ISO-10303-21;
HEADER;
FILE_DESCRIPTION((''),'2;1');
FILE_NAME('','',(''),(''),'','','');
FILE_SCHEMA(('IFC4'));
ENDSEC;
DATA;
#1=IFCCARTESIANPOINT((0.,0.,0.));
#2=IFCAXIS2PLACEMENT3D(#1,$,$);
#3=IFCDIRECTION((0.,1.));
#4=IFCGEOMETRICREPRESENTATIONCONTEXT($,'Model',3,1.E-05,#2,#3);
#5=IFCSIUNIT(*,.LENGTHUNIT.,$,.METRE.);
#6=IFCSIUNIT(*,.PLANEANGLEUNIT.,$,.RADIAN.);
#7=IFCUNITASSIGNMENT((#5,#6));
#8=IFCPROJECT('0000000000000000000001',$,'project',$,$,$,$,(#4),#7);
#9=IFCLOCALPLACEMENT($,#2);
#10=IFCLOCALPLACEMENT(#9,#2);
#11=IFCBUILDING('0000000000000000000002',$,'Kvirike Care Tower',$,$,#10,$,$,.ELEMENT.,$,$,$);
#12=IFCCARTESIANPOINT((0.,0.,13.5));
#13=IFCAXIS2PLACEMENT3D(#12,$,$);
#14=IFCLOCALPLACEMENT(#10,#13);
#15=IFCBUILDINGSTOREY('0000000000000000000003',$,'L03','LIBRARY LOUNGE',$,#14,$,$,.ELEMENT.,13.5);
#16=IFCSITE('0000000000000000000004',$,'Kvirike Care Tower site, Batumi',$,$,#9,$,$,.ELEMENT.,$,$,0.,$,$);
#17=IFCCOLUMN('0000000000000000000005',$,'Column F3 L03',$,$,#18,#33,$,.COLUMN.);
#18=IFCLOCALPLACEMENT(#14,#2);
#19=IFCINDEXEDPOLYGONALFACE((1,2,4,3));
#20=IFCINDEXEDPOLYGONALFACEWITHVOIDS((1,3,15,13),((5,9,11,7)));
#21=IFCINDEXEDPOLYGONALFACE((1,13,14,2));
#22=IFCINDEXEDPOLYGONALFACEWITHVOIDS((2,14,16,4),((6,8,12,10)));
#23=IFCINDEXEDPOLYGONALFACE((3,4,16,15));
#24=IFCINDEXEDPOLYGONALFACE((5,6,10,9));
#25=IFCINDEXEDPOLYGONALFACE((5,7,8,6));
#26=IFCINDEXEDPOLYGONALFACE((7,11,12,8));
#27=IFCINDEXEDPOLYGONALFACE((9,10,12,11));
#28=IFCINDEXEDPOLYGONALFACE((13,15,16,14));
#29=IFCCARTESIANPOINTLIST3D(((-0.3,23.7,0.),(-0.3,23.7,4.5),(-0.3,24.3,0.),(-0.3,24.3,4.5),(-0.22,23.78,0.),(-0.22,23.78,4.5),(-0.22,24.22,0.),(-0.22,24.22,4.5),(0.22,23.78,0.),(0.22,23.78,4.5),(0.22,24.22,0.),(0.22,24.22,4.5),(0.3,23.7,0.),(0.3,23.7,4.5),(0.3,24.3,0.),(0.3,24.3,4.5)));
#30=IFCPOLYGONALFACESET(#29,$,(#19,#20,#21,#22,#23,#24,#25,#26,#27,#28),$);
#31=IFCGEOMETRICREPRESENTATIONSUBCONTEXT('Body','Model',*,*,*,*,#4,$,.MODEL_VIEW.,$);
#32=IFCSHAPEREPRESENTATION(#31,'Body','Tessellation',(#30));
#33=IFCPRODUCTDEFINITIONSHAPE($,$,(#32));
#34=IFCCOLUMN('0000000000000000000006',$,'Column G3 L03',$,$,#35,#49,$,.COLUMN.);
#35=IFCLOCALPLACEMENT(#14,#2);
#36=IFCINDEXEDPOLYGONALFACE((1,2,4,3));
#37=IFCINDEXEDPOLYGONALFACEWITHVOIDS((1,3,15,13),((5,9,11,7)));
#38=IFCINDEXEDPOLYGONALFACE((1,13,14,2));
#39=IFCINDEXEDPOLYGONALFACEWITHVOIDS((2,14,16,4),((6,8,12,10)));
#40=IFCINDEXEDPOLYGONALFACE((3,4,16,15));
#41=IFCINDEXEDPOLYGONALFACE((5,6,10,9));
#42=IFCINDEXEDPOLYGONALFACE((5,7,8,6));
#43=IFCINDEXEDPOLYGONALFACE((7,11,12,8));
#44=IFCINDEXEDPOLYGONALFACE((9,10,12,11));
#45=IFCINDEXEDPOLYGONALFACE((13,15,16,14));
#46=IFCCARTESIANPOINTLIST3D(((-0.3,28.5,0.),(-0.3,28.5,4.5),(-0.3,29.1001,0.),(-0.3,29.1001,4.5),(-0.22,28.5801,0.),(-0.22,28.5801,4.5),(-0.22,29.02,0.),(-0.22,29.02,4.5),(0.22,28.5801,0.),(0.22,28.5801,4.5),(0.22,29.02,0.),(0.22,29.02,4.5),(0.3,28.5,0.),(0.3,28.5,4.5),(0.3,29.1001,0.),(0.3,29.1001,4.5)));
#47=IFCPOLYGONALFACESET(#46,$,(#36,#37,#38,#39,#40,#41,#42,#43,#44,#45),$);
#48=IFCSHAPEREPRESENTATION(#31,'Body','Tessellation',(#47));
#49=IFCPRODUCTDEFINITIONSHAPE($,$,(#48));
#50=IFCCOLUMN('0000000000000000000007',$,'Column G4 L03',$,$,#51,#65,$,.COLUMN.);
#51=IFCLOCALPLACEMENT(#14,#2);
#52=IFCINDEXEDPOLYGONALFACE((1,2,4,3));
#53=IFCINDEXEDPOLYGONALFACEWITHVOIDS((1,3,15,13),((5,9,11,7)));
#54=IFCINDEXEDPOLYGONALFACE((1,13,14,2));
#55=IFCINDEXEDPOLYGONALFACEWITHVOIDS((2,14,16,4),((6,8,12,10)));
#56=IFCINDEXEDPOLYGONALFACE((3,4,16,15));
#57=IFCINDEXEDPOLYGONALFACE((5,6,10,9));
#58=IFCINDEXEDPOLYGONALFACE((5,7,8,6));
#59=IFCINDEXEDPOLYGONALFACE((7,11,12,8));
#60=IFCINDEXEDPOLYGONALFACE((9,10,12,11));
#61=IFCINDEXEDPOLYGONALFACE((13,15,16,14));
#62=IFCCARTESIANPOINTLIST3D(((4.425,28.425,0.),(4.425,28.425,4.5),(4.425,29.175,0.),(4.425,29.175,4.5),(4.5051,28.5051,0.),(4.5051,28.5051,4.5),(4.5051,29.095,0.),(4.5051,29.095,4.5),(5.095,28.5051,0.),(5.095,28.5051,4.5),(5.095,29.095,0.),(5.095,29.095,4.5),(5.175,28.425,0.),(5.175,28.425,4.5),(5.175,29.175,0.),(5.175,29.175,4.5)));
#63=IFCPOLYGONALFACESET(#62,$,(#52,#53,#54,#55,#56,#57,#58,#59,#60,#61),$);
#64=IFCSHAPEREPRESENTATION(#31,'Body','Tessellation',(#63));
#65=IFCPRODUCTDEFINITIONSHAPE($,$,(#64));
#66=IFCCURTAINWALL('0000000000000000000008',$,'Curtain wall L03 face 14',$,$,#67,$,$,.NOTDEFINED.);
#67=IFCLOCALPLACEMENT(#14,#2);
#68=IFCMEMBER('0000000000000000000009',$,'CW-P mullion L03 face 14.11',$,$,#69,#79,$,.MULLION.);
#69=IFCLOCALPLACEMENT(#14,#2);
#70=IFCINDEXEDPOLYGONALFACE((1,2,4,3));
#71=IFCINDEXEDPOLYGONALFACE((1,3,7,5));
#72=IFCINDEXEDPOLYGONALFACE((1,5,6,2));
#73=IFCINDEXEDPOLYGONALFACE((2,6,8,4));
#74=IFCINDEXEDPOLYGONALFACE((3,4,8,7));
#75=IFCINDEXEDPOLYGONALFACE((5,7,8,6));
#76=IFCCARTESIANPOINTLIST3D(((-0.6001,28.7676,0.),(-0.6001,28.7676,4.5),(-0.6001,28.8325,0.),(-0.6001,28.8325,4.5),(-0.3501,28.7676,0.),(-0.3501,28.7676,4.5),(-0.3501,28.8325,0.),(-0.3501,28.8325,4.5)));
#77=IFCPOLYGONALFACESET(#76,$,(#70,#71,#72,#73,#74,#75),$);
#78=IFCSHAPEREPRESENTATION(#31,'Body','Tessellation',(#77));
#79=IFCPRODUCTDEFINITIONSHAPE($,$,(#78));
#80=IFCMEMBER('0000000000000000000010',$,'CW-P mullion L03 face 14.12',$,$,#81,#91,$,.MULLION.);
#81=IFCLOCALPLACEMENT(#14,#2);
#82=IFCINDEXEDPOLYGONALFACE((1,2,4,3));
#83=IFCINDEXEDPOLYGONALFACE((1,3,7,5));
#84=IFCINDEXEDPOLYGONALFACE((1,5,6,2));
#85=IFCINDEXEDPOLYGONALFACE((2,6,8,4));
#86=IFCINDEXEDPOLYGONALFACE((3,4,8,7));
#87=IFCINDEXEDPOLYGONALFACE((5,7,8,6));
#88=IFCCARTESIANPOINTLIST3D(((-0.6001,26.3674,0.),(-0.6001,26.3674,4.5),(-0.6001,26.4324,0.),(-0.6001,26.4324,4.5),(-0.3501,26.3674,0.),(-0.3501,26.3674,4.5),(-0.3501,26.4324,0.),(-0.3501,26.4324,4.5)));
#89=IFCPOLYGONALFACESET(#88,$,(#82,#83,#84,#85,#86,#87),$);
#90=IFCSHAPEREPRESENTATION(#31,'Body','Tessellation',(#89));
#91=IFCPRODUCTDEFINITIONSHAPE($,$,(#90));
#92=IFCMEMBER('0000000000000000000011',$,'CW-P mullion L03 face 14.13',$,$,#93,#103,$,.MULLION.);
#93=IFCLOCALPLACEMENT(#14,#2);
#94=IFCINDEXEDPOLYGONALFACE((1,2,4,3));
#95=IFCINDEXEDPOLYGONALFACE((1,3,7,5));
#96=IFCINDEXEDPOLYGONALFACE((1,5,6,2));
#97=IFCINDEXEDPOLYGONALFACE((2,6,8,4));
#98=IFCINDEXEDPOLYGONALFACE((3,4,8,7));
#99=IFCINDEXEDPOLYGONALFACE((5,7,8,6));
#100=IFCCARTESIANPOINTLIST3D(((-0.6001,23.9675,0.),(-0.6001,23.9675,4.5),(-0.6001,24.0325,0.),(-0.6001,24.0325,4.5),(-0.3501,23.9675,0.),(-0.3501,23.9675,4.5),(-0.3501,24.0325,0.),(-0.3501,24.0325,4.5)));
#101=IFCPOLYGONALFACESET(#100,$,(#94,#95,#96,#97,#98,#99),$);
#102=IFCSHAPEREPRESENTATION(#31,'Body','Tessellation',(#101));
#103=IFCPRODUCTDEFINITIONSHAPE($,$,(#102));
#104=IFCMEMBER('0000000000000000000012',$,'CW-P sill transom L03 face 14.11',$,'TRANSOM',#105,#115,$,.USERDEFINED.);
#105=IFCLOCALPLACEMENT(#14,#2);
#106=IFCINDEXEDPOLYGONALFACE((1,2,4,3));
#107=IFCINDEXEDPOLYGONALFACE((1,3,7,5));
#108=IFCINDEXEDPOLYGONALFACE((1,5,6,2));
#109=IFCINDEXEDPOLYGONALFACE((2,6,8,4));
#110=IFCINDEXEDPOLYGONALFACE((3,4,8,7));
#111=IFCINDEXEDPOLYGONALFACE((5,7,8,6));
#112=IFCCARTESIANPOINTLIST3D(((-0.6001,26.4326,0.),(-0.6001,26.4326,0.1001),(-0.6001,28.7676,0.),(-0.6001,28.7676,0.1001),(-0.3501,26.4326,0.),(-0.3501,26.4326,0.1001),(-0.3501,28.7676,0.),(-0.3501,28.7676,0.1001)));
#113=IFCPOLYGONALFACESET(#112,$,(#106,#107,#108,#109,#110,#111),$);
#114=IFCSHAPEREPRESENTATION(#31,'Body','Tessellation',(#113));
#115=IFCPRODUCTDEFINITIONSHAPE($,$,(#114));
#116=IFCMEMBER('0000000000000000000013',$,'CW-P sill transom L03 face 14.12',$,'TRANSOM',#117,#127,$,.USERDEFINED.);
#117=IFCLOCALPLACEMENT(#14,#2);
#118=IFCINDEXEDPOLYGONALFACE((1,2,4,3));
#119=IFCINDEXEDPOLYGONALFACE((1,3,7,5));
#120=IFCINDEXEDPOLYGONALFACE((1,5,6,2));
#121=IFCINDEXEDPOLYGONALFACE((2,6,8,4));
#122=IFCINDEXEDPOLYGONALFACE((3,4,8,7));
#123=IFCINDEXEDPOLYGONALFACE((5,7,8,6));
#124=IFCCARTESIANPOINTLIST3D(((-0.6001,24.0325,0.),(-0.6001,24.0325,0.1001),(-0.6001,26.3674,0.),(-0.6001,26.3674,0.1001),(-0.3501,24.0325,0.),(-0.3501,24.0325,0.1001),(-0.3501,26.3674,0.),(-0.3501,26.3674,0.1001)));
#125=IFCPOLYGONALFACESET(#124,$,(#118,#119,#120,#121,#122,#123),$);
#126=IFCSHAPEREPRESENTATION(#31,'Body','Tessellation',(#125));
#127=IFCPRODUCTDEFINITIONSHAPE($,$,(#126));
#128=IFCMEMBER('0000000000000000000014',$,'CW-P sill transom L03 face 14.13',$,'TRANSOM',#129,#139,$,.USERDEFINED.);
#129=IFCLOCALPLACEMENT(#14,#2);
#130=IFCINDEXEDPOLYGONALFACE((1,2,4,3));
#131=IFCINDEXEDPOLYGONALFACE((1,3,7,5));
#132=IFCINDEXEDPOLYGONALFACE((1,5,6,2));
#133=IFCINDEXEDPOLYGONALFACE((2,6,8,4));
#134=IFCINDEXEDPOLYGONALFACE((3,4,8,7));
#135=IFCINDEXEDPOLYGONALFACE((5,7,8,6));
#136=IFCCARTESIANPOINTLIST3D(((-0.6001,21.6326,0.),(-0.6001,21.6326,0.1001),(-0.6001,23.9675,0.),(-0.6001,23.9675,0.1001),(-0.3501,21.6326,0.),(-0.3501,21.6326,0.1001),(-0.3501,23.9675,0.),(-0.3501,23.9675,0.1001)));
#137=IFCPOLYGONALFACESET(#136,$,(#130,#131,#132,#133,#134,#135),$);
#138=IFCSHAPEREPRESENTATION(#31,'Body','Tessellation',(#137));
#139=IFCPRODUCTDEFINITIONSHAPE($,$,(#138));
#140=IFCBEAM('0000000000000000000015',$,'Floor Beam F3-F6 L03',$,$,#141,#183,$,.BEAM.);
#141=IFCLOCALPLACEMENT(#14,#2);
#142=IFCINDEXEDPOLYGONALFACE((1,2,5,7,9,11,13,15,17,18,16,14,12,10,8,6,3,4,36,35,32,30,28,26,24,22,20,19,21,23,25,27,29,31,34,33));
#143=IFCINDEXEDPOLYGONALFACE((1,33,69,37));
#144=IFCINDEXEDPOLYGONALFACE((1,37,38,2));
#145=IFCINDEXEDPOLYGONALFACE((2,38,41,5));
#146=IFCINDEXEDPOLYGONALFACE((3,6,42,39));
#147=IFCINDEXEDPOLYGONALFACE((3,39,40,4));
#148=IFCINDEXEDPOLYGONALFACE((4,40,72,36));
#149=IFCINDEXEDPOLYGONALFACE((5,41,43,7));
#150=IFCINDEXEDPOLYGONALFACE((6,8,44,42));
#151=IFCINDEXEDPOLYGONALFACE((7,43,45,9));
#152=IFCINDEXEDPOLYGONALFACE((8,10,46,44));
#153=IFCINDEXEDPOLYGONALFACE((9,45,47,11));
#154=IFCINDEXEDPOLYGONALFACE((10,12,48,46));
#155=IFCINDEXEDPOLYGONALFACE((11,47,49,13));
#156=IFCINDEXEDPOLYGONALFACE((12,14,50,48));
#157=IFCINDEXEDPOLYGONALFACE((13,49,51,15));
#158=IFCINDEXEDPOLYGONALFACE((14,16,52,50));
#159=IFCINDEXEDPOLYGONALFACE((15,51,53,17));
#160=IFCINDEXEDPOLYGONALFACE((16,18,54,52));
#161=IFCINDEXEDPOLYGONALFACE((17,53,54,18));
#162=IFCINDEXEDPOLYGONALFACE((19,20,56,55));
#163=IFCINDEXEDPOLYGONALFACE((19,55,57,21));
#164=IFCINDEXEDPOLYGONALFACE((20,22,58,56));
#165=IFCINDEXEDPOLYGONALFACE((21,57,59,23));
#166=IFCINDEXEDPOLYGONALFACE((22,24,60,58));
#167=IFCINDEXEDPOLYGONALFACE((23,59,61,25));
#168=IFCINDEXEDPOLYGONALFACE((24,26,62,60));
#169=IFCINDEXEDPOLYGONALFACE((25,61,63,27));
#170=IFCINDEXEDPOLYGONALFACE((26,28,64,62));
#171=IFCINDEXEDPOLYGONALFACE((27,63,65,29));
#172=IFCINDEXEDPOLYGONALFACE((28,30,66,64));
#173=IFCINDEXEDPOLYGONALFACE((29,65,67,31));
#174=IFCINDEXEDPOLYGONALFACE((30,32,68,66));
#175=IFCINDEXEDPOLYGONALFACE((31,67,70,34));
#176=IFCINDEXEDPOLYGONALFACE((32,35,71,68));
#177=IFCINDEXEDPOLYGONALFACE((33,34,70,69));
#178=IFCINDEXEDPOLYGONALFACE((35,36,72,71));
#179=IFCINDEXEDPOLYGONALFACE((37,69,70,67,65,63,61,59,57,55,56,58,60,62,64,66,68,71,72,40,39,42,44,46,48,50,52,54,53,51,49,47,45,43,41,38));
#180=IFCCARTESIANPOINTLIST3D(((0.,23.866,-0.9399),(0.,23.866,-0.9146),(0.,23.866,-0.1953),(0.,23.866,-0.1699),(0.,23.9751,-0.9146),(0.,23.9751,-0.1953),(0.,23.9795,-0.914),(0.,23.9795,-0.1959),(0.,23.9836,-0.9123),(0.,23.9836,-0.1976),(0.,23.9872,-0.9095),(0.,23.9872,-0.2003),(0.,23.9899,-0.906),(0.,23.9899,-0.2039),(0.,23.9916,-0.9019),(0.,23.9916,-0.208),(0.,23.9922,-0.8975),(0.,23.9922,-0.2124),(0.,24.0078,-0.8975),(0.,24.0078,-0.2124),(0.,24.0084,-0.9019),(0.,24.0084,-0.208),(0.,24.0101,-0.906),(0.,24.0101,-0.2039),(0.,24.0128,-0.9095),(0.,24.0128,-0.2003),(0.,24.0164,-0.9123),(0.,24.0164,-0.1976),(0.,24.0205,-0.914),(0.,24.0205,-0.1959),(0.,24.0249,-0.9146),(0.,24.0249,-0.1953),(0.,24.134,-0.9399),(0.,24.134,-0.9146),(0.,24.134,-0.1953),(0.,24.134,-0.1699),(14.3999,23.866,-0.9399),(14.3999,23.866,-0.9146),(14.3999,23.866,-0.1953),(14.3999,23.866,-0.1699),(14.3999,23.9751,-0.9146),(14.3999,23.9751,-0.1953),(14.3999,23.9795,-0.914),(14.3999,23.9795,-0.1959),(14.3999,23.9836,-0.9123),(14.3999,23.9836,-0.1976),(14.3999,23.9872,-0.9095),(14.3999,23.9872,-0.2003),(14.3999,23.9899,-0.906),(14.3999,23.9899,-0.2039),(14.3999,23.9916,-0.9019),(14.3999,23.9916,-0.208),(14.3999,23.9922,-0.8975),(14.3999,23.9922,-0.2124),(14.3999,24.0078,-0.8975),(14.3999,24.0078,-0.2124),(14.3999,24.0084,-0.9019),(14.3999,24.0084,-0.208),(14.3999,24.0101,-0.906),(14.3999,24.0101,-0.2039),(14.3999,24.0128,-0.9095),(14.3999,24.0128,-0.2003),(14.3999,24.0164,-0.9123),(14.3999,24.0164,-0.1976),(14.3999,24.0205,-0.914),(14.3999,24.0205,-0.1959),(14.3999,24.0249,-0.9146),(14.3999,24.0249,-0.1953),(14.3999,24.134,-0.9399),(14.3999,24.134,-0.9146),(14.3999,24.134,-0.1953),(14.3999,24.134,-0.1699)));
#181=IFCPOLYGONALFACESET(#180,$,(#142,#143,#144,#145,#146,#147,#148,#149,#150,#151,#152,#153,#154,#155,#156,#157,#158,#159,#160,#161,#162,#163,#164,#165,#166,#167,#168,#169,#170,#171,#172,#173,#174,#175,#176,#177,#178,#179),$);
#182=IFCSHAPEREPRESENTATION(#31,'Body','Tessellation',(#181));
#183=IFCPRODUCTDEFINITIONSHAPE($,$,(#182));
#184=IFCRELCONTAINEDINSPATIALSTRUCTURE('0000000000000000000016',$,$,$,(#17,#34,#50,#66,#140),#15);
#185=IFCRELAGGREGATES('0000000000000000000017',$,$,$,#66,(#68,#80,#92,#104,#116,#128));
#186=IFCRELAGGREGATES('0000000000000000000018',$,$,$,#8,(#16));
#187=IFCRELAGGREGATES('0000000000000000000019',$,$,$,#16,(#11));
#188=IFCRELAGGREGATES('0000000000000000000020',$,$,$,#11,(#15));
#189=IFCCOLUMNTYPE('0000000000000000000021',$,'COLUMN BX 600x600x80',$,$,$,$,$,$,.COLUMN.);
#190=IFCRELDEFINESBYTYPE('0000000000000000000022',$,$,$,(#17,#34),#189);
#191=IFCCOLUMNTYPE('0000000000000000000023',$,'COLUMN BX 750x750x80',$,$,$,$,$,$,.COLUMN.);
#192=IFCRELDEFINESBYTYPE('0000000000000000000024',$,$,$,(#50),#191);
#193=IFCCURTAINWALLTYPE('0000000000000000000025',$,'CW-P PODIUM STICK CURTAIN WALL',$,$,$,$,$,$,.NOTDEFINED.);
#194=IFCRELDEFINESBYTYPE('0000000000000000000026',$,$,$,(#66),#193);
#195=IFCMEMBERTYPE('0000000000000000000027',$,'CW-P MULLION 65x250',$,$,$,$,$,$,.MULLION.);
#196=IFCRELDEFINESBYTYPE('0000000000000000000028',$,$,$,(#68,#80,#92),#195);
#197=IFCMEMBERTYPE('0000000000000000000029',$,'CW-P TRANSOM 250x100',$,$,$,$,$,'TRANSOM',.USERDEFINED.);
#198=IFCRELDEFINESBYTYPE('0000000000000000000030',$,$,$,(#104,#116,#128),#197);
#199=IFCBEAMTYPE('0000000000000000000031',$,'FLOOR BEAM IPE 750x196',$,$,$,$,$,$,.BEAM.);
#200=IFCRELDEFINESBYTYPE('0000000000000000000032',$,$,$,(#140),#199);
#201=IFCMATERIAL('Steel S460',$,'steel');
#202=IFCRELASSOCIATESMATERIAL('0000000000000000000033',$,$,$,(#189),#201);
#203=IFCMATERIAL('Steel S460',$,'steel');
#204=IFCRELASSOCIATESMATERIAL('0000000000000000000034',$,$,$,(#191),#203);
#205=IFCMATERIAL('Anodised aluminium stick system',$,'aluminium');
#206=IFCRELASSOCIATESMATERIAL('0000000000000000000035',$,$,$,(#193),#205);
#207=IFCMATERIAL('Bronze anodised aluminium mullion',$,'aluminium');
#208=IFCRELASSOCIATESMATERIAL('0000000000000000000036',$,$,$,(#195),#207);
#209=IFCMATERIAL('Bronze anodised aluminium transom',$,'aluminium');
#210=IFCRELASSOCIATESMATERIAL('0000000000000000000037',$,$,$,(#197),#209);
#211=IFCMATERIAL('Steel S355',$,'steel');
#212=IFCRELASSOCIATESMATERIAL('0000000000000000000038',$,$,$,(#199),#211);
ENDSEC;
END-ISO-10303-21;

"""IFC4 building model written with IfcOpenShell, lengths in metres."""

from ifc_helpers import new_model, si_unit, direction, frame, origin, origin_2d, place, context, subcontext, project, spatial, rectangle, hollow_rectangle, i_section, extrude, material, material_profile, profile_set, type_object, element, aggregate, save


model = new_model("IFC4")

# Units and contexts
model_context = context("Model", 3, precision=1e-05, world=origin(), true_north=direction((0.0, 1.0)))
body_context = subcontext(model_context, "Body", "Model", "MODEL_VIEW")
ifc_project = project(units=[si_unit("LENGTHUNIT", "METRE"), si_unit("PLANEANGLEUNIT", "RADIAN")], contexts=[model_context])

# Site, building, storey
site_placement = place(None, origin())
site = spatial("IfcSite", under=ifc_project, at=site_placement, Name="Kvirike Care Tower site, Batumi", CompositionType="ELEMENT", RefElevation=0.0)
building_placement = place(site_placement, origin())
building = spatial("IfcBuilding", under=site, at=building_placement, Name="Kvirike Care Tower", CompositionType="ELEMENT")
storey_placement = place(building_placement, frame((0.0, 0.0, 13.5)))
storey = spatial("IfcBuildingStorey", under=building, at=storey_placement, Name="L03", Description="LIBRARY LOUNGE", CompositionType="ELEMENT", Elevation=13.5)

# Columns
ifc_material_1 = material(Name="Steel S460", Category="steel")
ifc_material_profile_1 = material_profile(ifc_material_1, hollow_rectangle(XDim=0.6001, YDim=0.6001, WallThickness=0.0801, at=origin_2d()), Name="BX 600x600x80")
ifc_profile_set_1 = profile_set([ifc_material_profile_1], Name="Steel S460")
column_type_1 = type_object("IfcColumnType", Name="COLUMN BX 600x600x80", PredefinedType="COLUMN", material=ifc_profile_set_1)
for number, where, z_axis, x_axis, name in (
    (1, (0.0, 24.0, 0.0), (0.0, 0.0, 1.0), (1.0, 0.0, 0.0), "Column F3 L03"),
    (2, (0.0, 28.8, 0.0), (0.0, 0.0, 1.0), (0.0, 1.0, 0.0), "Column G3 L03"),
):
    element("IfcColumn", number, at=place(storey_placement, frame(where, z_axis=z_axis, x_axis=x_axis)), inside=storey, type_object=column_type_1, Name=name, PredefinedType="COLUMN", context=body_context, shape_type="SweptSolid", body=[
        extrude(hollow_rectangle(XDim=0.6001, YDim=0.6001, WallThickness=0.0801, at=origin_2d()), origin(), (0.0, 0.0, 1.0), 4.5),
    ])
ifc_material_2 = material(Name="Steel S460", Category="steel")
ifc_material_profile_2 = material_profile(ifc_material_2, hollow_rectangle(XDim=0.75, YDim=0.75, WallThickness=0.0801, at=origin_2d()), Name="BX 750x750x80")
ifc_profile_set_2 = profile_set([ifc_material_profile_2], Name="Steel S460")
column_type_2 = type_object("IfcColumnType", Name="COLUMN BX 750x750x80", PredefinedType="COLUMN", material=ifc_profile_set_2)
column_placement = place(storey_placement, frame((4.8, 28.8, 0.0), z_axis=(0.0, 0.0, 1.0), x_axis=(0.0, 1.0, 0.0)))
element("IfcColumn", 3, at=column_placement, inside=storey, type_object=column_type_2, Name="Column G4 L03", PredefinedType="COLUMN", context=body_context, shape_type="SweptSolid", body=[
    extrude(hollow_rectangle(XDim=0.75, YDim=0.75, WallThickness=0.0801, at=origin_2d()), origin(), (0.0, 0.0, 1.0), 4.5),
])

# Curtain wall, members
ifc_material_3 = material(Name="Anodised aluminium stick system", Category="aluminium")
curtain_wall_type = type_object("IfcCurtainWallType", Name="CW-P PODIUM STICK CURTAIN WALL", PredefinedType="NOTDEFINED", material=ifc_material_3)
curtain_wall_placement = place(storey_placement, origin())
curtain_wall = element("IfcCurtainWall", 4, at=curtain_wall_placement, inside=storey, type_object=curtain_wall_type, Name="Curtain wall L03 face 14", PredefinedType="NOTDEFINED")
ifc_material_4 = material(Name="Bronze anodised aluminium mullion", Category="aluminium")
ifc_material_profile_3 = material_profile(ifc_material_4, rectangle(XDim=0.0649, YDim=0.25, at=origin_2d()), Name="CW-P MULLION 65x250")
ifc_profile_set_3 = profile_set([ifc_material_profile_3], Name="Bronze anodised aluminium mullion")
member_type_1 = type_object("IfcMemberType", Name="CW-P MULLION 65x250", PredefinedType="MULLION", material=ifc_profile_set_3)
member_1_placement = place(storey_placement, frame((-0.4751, 28.8, 0.0), z_axis=(0.0, 0.0, 1.0), x_axis=(0.0, -1.0, 0.0)))
member_1 = element("IfcMember", 5, at=member_1_placement, type_object=member_type_1, Name="CW-P mullion L03 face 14.11", PredefinedType="MULLION", context=body_context, shape_type="SweptSolid", body=[
    extrude(rectangle(XDim=0.0649, YDim=0.25, at=origin_2d()), origin(), (0.0, 0.0, 1.0), 4.5),
])
member_2_placement = place(storey_placement, frame((-0.4751, 26.3999, 0.0), z_axis=(0.0, 0.0, 1.0), x_axis=(0.0, -1.0, 0.0)))
member_2 = element("IfcMember", 6, at=member_2_placement, type_object=member_type_1, Name="CW-P mullion L03 face 14.12", PredefinedType="MULLION", context=body_context, shape_type="SweptSolid", body=[
    extrude(rectangle(XDim=0.0649, YDim=0.25, at=origin_2d()), origin(), (0.0, 0.0, 1.0), 4.5),
])
member_3_placement = place(storey_placement, frame((-0.4751, 24.0, 0.0), z_axis=(0.0, 0.0, 1.0), x_axis=(0.0, -1.0, 0.0)))
member_3 = element("IfcMember", 7, at=member_3_placement, type_object=member_type_1, Name="CW-P mullion L03 face 14.13", PredefinedType="MULLION", context=body_context, shape_type="SweptSolid", body=[
    extrude(rectangle(XDim=0.0649, YDim=0.25, at=origin_2d()), origin(), (0.0, 0.0, 1.0), 4.5),
])
ifc_material_5 = material(Name="Bronze anodised aluminium transom", Category="aluminium")
ifc_material_profile_4 = material_profile(ifc_material_5, rectangle(XDim=0.25, YDim=0.1001, at=origin_2d()), Name="CW-P TRANSOM 250x100")
ifc_profile_set_4 = profile_set([ifc_material_profile_4], Name="Bronze anodised aluminium transom")
member_type_2 = type_object("IfcMemberType", Name="CW-P TRANSOM 250x100", ElementType="TRANSOM", PredefinedType="USERDEFINED", material=ifc_profile_set_4)
member_4_placement = place(storey_placement, frame((-0.4751, 28.7676, 0.05), z_axis=(0.0, -1.0, 0.0), x_axis=(1.0, 0.0, 0.0)))
member_4 = element("IfcMember", 8, at=member_4_placement, type_object=member_type_2, Name="CW-P sill transom L03 face 14.11", ObjectType="TRANSOM", PredefinedType="USERDEFINED", context=body_context, shape_type="SweptSolid", body=[
    extrude(rectangle(XDim=0.25, YDim=0.1001, at=origin_2d()), origin(), (0.0, 0.0, 1.0), 2.335),
])
member_5_placement = place(storey_placement, frame((-0.4751, 26.3674, 0.05), z_axis=(0.0, -1.0, 0.0), x_axis=(1.0, 0.0, 0.0)))
member_5 = element("IfcMember", 9, at=member_5_placement, type_object=member_type_2, Name="CW-P sill transom L03 face 14.12", ObjectType="TRANSOM", PredefinedType="USERDEFINED", context=body_context, shape_type="SweptSolid", body=[
    extrude(rectangle(XDim=0.25, YDim=0.1001, at=origin_2d()), origin(), (0.0, 0.0, 1.0), 2.335),
])
member_6_placement = place(storey_placement, frame((-0.4751, 23.9675, 0.05), z_axis=(0.0, -1.0, 0.0), x_axis=(1.0, 0.0, 0.0)))
member_6 = element("IfcMember", 10, at=member_6_placement, type_object=member_type_2, Name="CW-P sill transom L03 face 14.13", ObjectType="TRANSOM", PredefinedType="USERDEFINED", context=body_context, shape_type="SweptSolid", body=[
    extrude(rectangle(XDim=0.25, YDim=0.1001, at=origin_2d()), origin(), (0.0, 0.0, 1.0), 2.335),
])

# Beam
ifc_material_6 = material(Name="Steel S355", Category="steel")
ifc_material_profile_5 = material_profile(ifc_material_6, i_section(OverallWidth=0.2681, OverallDepth=0.77, WebThickness=0.0156, FlangeThickness=0.0254, FilletRadius=0.0171, at=origin_2d()), Name="IPE 750x196")
ifc_profile_set_5 = profile_set([ifc_material_profile_5], Name="Steel S355")
beam_type_1 = type_object("IfcBeamType", Name="FLOOR BEAM IPE 750x196", PredefinedType="BEAM", material=ifc_profile_set_5)
beam_placement = place(storey_placement, frame((0.0, 24.0, -0.5549), z_axis=(1.0, 0.0, 0.0), x_axis=(0.0, 1.0, 0.0)))
element("IfcBeam", 11, at=beam_placement, inside=storey, type_object=beam_type_1, Name="Floor Beam F3-F6 L03", PredefinedType="BEAM", context=body_context, shape_type="SweptSolid", body=[
    extrude(i_section(OverallWidth=0.2681, OverallDepth=0.77, WebThickness=0.0156, FlangeThickness=0.0254, FilletRadius=0.0171, at=origin_2d()), origin(), (0.0, 0.0, 1.0), 14.3999),
])

aggregate(curtain_wall, [member_1, member_2, member_3, member_4, member_5, member_6])

save(model, "model.ifc")
